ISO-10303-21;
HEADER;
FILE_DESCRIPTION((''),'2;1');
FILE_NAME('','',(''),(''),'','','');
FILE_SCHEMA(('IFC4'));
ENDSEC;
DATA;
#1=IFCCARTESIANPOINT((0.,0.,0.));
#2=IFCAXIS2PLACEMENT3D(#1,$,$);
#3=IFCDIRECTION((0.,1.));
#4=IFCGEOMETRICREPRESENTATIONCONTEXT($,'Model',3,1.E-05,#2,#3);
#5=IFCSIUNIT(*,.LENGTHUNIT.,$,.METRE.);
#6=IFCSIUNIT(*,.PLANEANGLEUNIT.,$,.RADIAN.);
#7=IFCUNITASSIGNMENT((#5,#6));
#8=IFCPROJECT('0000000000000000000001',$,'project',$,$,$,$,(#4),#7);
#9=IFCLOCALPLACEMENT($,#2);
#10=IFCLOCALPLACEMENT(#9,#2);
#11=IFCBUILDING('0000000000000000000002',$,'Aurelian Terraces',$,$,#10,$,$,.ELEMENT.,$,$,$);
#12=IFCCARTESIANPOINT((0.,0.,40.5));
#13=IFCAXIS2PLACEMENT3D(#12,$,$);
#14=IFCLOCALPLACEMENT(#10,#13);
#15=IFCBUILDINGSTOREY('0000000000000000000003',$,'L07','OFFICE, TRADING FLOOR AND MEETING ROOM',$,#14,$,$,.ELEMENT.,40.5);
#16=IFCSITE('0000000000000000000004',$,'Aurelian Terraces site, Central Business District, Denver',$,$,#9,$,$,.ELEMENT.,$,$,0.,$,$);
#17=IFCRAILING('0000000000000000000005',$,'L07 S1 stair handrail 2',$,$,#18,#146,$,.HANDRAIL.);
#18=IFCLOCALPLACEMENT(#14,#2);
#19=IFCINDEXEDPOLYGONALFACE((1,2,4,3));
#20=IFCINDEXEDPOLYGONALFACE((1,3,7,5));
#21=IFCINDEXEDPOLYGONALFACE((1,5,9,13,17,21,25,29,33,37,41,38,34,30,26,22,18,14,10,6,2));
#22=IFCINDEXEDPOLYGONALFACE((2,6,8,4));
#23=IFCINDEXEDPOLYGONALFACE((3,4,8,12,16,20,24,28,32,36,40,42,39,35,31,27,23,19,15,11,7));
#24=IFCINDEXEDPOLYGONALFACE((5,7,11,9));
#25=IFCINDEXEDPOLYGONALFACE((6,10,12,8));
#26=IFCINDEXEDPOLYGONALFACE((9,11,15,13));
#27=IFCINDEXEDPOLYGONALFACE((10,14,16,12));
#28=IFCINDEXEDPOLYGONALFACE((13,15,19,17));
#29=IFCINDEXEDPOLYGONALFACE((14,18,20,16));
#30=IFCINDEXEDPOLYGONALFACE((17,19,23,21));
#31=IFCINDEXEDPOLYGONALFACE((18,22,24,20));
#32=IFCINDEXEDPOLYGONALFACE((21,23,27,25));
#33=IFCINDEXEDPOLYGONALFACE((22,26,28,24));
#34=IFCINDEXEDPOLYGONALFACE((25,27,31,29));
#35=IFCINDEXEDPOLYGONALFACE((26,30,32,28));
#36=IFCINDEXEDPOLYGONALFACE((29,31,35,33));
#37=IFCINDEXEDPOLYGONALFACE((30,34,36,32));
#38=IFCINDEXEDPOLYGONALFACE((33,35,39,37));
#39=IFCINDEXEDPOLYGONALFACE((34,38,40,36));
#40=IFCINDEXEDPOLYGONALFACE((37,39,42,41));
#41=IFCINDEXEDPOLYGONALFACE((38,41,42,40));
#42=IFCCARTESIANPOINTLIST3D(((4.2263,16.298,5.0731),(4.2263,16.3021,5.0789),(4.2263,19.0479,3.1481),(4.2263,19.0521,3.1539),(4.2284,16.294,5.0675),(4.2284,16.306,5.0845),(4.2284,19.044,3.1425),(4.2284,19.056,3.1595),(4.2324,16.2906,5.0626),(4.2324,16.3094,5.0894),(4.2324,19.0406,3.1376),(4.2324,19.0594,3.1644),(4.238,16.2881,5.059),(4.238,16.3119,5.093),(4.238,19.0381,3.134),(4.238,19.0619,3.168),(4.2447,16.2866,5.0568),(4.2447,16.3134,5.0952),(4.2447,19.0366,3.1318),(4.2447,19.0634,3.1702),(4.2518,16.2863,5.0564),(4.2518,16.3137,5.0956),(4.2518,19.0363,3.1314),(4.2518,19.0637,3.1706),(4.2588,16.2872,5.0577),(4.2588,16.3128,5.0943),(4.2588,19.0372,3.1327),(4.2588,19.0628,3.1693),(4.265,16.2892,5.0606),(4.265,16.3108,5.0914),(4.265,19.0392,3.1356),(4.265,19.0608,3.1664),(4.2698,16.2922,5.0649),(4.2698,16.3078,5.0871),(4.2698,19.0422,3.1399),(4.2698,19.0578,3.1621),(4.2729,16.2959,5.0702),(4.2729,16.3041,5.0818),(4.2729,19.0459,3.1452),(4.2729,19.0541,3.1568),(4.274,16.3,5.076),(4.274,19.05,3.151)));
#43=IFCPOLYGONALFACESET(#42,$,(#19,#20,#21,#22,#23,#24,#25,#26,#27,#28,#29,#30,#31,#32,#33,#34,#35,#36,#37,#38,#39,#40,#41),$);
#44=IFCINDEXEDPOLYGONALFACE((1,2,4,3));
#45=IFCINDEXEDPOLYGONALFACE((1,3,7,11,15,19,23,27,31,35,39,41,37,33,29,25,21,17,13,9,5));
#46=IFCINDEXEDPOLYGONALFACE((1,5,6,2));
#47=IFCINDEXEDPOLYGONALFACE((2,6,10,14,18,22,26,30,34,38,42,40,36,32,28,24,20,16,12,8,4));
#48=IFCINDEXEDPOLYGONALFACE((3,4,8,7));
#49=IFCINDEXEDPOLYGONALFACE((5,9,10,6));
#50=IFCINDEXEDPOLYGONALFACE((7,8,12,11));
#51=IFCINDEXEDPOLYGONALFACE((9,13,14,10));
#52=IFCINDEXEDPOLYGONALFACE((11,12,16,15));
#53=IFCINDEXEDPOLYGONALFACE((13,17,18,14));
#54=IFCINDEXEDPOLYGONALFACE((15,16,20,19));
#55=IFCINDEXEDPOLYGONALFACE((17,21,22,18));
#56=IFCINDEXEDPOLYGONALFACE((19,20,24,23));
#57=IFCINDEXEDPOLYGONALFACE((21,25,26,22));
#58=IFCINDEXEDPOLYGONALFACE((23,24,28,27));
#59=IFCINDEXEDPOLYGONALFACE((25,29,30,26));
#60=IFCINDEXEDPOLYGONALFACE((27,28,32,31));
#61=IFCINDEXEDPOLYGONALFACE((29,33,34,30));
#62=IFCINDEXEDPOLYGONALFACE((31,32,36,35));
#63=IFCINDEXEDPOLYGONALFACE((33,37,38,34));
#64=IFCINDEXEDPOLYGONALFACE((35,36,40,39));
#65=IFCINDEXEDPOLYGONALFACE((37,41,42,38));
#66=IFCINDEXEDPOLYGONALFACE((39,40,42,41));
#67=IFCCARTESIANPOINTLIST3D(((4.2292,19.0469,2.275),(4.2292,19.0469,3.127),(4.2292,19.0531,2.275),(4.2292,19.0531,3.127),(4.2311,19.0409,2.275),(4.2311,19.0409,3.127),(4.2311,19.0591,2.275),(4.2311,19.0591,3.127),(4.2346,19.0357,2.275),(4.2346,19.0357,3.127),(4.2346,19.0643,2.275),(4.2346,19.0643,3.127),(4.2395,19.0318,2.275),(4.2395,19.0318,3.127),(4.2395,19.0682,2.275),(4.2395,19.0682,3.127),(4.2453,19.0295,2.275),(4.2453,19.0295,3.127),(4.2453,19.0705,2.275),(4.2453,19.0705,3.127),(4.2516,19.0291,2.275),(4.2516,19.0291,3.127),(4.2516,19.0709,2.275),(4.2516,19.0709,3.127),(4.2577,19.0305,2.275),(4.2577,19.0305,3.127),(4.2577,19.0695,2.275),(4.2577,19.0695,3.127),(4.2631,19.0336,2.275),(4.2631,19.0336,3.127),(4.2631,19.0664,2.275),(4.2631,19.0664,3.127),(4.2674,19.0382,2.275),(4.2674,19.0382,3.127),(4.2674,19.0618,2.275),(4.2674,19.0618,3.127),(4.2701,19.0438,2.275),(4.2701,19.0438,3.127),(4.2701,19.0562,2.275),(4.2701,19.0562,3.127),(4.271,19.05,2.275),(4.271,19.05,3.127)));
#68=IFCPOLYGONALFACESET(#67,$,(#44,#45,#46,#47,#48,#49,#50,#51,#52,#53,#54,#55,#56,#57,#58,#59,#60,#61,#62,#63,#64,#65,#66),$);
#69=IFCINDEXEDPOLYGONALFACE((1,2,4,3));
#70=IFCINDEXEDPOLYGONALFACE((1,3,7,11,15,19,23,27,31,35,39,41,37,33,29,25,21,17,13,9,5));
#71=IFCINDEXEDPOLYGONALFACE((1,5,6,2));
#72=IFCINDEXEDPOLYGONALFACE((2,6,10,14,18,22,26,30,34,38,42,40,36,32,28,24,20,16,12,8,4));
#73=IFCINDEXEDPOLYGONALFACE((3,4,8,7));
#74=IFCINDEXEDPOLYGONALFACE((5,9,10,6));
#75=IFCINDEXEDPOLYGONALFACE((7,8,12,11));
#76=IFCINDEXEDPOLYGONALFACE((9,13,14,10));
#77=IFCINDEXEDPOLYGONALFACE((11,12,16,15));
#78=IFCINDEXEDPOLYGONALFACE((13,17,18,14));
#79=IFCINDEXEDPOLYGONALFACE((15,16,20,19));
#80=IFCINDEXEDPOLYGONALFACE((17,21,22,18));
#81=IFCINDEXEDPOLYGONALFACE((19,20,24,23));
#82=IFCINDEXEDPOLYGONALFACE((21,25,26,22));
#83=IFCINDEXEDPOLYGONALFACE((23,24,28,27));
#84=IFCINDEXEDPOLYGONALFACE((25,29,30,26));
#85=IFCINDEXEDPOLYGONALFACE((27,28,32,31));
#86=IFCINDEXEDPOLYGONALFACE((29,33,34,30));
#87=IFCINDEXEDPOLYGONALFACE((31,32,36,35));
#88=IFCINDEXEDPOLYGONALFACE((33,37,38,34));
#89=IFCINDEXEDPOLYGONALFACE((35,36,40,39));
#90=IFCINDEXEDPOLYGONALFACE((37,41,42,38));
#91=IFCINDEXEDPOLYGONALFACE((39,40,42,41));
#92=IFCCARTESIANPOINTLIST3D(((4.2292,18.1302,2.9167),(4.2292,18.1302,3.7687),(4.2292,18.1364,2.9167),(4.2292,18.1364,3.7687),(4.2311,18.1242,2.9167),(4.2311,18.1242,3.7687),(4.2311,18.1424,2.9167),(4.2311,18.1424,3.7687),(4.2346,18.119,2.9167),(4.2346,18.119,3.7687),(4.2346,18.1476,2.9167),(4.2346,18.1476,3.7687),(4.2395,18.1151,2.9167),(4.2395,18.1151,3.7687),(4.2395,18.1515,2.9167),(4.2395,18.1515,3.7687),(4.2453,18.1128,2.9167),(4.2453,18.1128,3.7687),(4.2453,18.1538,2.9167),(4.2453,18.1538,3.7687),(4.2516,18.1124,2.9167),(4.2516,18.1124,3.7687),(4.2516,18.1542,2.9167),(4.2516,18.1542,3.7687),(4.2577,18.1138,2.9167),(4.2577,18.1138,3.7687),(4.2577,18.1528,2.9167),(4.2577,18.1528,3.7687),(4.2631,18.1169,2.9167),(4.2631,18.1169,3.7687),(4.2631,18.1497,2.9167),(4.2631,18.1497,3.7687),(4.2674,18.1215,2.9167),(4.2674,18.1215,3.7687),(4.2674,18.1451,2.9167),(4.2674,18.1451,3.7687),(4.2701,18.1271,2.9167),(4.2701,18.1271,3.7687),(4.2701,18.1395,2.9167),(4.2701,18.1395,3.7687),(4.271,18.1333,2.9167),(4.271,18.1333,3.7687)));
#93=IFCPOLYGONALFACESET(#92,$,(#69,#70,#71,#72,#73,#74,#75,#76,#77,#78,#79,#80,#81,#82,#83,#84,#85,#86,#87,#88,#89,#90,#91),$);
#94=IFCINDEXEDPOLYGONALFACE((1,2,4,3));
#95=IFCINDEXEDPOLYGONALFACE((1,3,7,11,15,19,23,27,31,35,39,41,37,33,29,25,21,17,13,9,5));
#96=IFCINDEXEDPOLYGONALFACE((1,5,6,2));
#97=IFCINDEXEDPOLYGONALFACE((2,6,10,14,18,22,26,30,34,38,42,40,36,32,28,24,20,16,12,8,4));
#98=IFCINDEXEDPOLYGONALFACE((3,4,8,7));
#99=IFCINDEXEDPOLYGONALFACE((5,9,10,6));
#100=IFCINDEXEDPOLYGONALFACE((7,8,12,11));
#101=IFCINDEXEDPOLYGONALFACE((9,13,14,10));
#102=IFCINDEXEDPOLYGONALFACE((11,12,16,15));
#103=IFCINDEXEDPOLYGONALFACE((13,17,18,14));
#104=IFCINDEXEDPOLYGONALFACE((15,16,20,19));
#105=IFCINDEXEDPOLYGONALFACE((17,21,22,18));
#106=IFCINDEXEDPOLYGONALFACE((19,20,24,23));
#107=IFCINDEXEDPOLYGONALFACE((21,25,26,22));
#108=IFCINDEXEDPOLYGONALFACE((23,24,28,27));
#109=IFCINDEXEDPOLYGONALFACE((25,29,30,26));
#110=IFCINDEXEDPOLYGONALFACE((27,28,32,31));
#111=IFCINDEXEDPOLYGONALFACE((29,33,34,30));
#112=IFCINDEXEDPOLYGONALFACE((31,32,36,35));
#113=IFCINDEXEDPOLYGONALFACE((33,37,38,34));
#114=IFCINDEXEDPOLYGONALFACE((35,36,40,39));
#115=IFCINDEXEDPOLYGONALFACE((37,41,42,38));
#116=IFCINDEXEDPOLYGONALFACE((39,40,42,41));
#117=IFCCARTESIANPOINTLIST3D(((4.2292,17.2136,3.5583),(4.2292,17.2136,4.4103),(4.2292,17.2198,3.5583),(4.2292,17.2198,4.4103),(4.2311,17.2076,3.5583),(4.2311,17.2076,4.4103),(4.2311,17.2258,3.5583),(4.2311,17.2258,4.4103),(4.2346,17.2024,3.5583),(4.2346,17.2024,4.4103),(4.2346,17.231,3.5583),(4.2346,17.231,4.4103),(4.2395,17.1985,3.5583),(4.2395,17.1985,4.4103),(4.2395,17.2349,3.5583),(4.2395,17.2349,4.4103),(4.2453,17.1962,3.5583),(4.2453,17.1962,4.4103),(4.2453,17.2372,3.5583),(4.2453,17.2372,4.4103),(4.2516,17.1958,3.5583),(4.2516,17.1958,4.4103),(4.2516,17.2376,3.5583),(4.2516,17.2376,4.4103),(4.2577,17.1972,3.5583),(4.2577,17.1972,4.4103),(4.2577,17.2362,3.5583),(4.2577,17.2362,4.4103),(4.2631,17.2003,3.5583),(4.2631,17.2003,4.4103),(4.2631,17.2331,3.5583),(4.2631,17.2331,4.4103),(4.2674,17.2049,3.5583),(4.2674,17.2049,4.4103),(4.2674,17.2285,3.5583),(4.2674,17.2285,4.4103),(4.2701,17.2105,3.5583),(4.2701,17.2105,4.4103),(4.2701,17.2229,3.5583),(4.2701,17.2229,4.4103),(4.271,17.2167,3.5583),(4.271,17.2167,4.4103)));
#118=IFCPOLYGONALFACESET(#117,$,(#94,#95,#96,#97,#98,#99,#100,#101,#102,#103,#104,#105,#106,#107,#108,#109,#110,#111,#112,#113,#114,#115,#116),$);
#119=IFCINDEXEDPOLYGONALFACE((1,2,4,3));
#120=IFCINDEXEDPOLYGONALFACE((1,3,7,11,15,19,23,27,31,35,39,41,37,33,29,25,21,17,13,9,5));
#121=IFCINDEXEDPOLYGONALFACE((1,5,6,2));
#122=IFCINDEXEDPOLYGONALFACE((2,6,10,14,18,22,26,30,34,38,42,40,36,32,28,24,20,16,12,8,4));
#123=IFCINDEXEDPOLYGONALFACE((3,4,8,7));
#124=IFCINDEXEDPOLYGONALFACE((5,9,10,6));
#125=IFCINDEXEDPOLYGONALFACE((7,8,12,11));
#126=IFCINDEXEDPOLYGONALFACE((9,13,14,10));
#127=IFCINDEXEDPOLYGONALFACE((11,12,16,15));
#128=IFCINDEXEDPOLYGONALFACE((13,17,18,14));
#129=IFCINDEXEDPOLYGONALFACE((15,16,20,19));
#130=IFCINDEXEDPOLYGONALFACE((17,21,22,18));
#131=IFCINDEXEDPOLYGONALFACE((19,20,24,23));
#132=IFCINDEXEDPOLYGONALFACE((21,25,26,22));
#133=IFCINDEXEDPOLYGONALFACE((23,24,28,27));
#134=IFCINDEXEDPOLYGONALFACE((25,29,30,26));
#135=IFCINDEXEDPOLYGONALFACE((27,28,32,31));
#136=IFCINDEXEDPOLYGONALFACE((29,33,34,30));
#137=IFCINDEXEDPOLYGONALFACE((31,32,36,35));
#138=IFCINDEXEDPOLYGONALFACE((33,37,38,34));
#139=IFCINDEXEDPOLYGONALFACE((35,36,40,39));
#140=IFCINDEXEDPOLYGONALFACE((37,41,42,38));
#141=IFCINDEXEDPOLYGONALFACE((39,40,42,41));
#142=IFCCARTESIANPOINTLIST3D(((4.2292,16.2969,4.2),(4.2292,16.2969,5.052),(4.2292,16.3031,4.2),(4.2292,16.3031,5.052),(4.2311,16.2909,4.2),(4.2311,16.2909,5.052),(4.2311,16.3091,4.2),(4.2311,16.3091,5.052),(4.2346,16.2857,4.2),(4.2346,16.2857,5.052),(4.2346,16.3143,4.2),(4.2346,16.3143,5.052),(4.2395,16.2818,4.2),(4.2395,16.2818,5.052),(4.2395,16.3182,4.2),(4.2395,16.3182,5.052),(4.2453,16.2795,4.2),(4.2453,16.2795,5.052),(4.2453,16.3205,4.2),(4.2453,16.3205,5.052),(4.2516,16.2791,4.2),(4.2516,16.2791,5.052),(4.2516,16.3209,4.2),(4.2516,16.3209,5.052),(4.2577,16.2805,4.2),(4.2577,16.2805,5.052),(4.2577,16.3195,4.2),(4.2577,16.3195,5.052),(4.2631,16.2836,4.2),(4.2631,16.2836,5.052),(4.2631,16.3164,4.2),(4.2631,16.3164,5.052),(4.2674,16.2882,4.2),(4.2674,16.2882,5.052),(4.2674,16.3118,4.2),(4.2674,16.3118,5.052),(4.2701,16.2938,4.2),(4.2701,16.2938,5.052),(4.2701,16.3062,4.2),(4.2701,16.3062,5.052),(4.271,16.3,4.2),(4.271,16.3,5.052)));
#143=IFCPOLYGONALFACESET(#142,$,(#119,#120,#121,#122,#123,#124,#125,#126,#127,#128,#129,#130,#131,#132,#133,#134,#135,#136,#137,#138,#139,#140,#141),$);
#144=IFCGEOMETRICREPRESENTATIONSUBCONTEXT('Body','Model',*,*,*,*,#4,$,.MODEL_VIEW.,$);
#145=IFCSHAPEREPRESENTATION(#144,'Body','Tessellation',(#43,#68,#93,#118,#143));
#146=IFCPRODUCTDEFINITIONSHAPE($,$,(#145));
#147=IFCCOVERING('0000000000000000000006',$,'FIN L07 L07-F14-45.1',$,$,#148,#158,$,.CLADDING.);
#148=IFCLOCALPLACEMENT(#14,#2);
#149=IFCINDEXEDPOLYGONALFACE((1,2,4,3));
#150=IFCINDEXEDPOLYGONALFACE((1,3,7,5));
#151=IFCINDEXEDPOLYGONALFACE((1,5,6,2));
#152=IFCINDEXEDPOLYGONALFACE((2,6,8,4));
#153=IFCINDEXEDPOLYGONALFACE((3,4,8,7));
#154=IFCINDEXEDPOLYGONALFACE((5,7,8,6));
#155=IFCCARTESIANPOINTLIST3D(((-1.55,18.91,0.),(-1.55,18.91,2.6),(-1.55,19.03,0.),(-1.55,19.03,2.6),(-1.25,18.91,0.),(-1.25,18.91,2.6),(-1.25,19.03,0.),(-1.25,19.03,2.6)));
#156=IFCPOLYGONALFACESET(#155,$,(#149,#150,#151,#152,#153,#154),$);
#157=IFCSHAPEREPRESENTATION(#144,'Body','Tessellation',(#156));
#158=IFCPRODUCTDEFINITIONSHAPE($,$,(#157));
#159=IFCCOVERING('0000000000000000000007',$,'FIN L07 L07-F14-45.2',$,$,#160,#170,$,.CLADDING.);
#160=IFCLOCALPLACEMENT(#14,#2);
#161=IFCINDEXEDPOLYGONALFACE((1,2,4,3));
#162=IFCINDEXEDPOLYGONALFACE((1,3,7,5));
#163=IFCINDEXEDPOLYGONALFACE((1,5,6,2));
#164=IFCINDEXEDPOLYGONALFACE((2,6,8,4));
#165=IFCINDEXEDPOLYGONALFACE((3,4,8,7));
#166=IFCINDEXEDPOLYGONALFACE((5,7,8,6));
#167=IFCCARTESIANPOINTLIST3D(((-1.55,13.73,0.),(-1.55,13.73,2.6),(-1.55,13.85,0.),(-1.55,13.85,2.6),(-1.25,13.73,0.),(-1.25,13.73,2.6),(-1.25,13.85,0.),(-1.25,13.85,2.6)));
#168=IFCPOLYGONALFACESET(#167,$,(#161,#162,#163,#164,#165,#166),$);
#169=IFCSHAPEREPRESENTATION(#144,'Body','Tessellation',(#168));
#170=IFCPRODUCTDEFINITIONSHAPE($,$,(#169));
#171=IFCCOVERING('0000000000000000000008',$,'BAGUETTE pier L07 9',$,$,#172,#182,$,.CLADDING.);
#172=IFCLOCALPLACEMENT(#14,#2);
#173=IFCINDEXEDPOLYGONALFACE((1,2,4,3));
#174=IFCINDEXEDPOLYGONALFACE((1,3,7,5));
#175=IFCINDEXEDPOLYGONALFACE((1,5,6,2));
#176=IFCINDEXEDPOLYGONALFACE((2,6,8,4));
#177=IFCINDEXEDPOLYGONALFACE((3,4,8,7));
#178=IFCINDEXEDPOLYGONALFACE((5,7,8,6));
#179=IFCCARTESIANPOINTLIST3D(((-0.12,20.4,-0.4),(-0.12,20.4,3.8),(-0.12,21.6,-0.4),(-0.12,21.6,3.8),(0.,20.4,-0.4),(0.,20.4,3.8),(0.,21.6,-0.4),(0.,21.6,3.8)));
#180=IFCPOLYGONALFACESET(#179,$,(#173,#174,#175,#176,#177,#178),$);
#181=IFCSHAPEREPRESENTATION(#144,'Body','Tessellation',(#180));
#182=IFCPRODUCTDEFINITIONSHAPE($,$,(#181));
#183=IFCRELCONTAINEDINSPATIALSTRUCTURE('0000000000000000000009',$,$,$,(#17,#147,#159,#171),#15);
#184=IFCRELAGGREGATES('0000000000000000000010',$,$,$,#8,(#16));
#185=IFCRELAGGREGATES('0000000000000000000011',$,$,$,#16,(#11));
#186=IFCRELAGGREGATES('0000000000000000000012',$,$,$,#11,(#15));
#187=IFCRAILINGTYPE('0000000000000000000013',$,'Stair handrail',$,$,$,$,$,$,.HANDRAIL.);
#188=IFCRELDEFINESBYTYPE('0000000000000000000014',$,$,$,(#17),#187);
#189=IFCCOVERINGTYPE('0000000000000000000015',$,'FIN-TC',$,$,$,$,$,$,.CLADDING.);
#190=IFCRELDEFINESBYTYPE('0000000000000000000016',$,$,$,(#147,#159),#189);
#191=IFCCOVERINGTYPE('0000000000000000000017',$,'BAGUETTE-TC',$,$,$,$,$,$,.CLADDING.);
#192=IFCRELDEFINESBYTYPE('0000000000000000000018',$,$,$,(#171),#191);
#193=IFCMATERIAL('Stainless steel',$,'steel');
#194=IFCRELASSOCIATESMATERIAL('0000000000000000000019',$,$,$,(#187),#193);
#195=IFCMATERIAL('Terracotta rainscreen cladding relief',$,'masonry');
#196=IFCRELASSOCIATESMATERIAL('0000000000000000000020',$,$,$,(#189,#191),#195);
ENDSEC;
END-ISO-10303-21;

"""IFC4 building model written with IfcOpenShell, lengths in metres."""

from ifc_helpers import new_model, si_unit, direction, frame, origin, origin_2d, place, context, subcontext, project, spatial, rectangle, circle, extrude, source, transform, mapped, material, type_object, element, save


model = new_model("IFC4")

# Units and contexts
model_context = context("Model", 3, precision=1e-05, world=origin(), true_north=direction((0.0, 1.0)))
body_context = subcontext(model_context, "Body", "Model", "MODEL_VIEW")
ifc_project = project(units=[si_unit("LENGTHUNIT", "METRE"), si_unit("PLANEANGLEUNIT", "RADIAN")], contexts=[model_context])

# Site, building, storey
site_placement = place(None, origin())
site = spatial("IfcSite", under=ifc_project, at=site_placement, Name="Aurelian Terraces site, Central Business District, Denver", CompositionType="ELEMENT", RefElevation=0.0)
building_placement = place(site_placement, origin())
building = spatial("IfcBuilding", under=site, at=building_placement, Name="Aurelian Terraces", CompositionType="ELEMENT")
storey_placement = place(building_placement, frame((0.0, 0.0, 40.5)))
storey = spatial("IfcBuildingStorey", under=building, at=storey_placement, Name="L07", Description="OFFICE, TRADING FLOOR AND MEETING ROOM", CompositionType="ELEMENT", Elevation=40.5)

# Shared definitions
ifc_material_1 = material(Name="Stainless steel", Category="steel")

# Railing
railing_type_1 = type_object("IfcRailingType", Name="Stair handrail", PredefinedType="HANDRAIL", material=ifc_material_1)
railing_1_placement = place(storey_placement, frame((4.25, 19.05, 2.275)))
element("IfcRailing", 1, at=railing_1_placement, inside=storey, type_object=railing_type_1, Name="L07 S1 stair handrail 2", PredefinedType="HANDRAIL", context=body_context, shape_type="SweptSolid", body=[
    extrude(circle(Radius=0.024, at=origin_2d()), frame((0.0, 0.0, 0.876), z_axis=(0.0, -0.819232, 0.573462), x_axis=(1.0, 0.0, 0.0)), (0.0, 0.0, 1.0), 3.3568),
    extrude(circle(Radius=0.021, at=origin_2d()), origin(), (0.0, 0.0, 1.0), 0.852),
    extrude(circle(Radius=0.021, at=origin_2d()), frame((0.0, -0.9167, 0.6417)), (0.0, 0.0, 1.0), 0.852),
    extrude(circle(Radius=0.021, at=origin_2d()), frame((0.0, -1.8333, 1.2833)), (0.0, 0.0, 1.0), 0.852),
    extrude(circle(Radius=0.021, at=origin_2d()), frame((0.0, -2.75, 1.925)), (0.0, 0.0, 1.0), 0.852),
])

# Coverings
ifc_material_2 = material(Name="Terracotta rainscreen cladding relief", Category="masonry")
covering_type_1 = type_object("IfcCoveringType", Name="FIN-TC", PredefinedType="CLADDING", material=ifc_material_2)
shared_shape_1 = source(origin(), body_context, "Body", "SweptSolid", [
    extrude(rectangle(XDim=0.3, YDim=0.12, at=origin_2d()), origin(), (0.0, 0.0, 1.0), 2.6),
])
for number, where, z_axis, x_axis, name in (
    (2, (-1.4, 18.97, 0.0), (0.0, 0.0, 1.0), (1.0, 0.0, 0.0), "FIN L07 L07-F14-45.1"),
    (3, (-1.4, 13.79, 0.0), (0.0, 0.0, 1.0), (1.0, 0.0, 0.0), "FIN L07 L07-F14-45.2"),
):
    element("IfcCovering", number, at=place(storey_placement, frame(where, z_axis=z_axis, x_axis=x_axis)), inside=storey, type_object=covering_type_1, Name=name, PredefinedType="CLADDING", context=body_context, shape_type="MappedRepresentation", body=[
        mapped(shared_shape_1, transform((0.0, 0.0, 0.0), scale=1.0)),
    ])
covering_type_2 = type_object("IfcCoveringType", Name="BAGUETTE-TC", PredefinedType="CLADDING", material=ifc_material_2)
shared_shape_2 = source(origin(), body_context, "Body", "SweptSolid", [
    extrude(rectangle(XDim=0.12, YDim=1.2, at=origin_2d()), origin(), (0.0, 0.0, 1.0), 4.2),
])
covering_1_placement = place(storey_placement, frame((-0.06, 21.0, -0.4), z_axis=(0.0, 0.0, 1.0), x_axis=(1.0, 0.0, 0.0)))
element("IfcCovering", 4, at=covering_1_placement, inside=storey, type_object=covering_type_2, Name="BAGUETTE pier L07 9", PredefinedType="CLADDING", context=body_context, shape_type="MappedRepresentation", body=[
    mapped(shared_shape_2, transform((0.0, 0.0, 0.0), scale=1.0)),
])

save(model, "model.ifc")
